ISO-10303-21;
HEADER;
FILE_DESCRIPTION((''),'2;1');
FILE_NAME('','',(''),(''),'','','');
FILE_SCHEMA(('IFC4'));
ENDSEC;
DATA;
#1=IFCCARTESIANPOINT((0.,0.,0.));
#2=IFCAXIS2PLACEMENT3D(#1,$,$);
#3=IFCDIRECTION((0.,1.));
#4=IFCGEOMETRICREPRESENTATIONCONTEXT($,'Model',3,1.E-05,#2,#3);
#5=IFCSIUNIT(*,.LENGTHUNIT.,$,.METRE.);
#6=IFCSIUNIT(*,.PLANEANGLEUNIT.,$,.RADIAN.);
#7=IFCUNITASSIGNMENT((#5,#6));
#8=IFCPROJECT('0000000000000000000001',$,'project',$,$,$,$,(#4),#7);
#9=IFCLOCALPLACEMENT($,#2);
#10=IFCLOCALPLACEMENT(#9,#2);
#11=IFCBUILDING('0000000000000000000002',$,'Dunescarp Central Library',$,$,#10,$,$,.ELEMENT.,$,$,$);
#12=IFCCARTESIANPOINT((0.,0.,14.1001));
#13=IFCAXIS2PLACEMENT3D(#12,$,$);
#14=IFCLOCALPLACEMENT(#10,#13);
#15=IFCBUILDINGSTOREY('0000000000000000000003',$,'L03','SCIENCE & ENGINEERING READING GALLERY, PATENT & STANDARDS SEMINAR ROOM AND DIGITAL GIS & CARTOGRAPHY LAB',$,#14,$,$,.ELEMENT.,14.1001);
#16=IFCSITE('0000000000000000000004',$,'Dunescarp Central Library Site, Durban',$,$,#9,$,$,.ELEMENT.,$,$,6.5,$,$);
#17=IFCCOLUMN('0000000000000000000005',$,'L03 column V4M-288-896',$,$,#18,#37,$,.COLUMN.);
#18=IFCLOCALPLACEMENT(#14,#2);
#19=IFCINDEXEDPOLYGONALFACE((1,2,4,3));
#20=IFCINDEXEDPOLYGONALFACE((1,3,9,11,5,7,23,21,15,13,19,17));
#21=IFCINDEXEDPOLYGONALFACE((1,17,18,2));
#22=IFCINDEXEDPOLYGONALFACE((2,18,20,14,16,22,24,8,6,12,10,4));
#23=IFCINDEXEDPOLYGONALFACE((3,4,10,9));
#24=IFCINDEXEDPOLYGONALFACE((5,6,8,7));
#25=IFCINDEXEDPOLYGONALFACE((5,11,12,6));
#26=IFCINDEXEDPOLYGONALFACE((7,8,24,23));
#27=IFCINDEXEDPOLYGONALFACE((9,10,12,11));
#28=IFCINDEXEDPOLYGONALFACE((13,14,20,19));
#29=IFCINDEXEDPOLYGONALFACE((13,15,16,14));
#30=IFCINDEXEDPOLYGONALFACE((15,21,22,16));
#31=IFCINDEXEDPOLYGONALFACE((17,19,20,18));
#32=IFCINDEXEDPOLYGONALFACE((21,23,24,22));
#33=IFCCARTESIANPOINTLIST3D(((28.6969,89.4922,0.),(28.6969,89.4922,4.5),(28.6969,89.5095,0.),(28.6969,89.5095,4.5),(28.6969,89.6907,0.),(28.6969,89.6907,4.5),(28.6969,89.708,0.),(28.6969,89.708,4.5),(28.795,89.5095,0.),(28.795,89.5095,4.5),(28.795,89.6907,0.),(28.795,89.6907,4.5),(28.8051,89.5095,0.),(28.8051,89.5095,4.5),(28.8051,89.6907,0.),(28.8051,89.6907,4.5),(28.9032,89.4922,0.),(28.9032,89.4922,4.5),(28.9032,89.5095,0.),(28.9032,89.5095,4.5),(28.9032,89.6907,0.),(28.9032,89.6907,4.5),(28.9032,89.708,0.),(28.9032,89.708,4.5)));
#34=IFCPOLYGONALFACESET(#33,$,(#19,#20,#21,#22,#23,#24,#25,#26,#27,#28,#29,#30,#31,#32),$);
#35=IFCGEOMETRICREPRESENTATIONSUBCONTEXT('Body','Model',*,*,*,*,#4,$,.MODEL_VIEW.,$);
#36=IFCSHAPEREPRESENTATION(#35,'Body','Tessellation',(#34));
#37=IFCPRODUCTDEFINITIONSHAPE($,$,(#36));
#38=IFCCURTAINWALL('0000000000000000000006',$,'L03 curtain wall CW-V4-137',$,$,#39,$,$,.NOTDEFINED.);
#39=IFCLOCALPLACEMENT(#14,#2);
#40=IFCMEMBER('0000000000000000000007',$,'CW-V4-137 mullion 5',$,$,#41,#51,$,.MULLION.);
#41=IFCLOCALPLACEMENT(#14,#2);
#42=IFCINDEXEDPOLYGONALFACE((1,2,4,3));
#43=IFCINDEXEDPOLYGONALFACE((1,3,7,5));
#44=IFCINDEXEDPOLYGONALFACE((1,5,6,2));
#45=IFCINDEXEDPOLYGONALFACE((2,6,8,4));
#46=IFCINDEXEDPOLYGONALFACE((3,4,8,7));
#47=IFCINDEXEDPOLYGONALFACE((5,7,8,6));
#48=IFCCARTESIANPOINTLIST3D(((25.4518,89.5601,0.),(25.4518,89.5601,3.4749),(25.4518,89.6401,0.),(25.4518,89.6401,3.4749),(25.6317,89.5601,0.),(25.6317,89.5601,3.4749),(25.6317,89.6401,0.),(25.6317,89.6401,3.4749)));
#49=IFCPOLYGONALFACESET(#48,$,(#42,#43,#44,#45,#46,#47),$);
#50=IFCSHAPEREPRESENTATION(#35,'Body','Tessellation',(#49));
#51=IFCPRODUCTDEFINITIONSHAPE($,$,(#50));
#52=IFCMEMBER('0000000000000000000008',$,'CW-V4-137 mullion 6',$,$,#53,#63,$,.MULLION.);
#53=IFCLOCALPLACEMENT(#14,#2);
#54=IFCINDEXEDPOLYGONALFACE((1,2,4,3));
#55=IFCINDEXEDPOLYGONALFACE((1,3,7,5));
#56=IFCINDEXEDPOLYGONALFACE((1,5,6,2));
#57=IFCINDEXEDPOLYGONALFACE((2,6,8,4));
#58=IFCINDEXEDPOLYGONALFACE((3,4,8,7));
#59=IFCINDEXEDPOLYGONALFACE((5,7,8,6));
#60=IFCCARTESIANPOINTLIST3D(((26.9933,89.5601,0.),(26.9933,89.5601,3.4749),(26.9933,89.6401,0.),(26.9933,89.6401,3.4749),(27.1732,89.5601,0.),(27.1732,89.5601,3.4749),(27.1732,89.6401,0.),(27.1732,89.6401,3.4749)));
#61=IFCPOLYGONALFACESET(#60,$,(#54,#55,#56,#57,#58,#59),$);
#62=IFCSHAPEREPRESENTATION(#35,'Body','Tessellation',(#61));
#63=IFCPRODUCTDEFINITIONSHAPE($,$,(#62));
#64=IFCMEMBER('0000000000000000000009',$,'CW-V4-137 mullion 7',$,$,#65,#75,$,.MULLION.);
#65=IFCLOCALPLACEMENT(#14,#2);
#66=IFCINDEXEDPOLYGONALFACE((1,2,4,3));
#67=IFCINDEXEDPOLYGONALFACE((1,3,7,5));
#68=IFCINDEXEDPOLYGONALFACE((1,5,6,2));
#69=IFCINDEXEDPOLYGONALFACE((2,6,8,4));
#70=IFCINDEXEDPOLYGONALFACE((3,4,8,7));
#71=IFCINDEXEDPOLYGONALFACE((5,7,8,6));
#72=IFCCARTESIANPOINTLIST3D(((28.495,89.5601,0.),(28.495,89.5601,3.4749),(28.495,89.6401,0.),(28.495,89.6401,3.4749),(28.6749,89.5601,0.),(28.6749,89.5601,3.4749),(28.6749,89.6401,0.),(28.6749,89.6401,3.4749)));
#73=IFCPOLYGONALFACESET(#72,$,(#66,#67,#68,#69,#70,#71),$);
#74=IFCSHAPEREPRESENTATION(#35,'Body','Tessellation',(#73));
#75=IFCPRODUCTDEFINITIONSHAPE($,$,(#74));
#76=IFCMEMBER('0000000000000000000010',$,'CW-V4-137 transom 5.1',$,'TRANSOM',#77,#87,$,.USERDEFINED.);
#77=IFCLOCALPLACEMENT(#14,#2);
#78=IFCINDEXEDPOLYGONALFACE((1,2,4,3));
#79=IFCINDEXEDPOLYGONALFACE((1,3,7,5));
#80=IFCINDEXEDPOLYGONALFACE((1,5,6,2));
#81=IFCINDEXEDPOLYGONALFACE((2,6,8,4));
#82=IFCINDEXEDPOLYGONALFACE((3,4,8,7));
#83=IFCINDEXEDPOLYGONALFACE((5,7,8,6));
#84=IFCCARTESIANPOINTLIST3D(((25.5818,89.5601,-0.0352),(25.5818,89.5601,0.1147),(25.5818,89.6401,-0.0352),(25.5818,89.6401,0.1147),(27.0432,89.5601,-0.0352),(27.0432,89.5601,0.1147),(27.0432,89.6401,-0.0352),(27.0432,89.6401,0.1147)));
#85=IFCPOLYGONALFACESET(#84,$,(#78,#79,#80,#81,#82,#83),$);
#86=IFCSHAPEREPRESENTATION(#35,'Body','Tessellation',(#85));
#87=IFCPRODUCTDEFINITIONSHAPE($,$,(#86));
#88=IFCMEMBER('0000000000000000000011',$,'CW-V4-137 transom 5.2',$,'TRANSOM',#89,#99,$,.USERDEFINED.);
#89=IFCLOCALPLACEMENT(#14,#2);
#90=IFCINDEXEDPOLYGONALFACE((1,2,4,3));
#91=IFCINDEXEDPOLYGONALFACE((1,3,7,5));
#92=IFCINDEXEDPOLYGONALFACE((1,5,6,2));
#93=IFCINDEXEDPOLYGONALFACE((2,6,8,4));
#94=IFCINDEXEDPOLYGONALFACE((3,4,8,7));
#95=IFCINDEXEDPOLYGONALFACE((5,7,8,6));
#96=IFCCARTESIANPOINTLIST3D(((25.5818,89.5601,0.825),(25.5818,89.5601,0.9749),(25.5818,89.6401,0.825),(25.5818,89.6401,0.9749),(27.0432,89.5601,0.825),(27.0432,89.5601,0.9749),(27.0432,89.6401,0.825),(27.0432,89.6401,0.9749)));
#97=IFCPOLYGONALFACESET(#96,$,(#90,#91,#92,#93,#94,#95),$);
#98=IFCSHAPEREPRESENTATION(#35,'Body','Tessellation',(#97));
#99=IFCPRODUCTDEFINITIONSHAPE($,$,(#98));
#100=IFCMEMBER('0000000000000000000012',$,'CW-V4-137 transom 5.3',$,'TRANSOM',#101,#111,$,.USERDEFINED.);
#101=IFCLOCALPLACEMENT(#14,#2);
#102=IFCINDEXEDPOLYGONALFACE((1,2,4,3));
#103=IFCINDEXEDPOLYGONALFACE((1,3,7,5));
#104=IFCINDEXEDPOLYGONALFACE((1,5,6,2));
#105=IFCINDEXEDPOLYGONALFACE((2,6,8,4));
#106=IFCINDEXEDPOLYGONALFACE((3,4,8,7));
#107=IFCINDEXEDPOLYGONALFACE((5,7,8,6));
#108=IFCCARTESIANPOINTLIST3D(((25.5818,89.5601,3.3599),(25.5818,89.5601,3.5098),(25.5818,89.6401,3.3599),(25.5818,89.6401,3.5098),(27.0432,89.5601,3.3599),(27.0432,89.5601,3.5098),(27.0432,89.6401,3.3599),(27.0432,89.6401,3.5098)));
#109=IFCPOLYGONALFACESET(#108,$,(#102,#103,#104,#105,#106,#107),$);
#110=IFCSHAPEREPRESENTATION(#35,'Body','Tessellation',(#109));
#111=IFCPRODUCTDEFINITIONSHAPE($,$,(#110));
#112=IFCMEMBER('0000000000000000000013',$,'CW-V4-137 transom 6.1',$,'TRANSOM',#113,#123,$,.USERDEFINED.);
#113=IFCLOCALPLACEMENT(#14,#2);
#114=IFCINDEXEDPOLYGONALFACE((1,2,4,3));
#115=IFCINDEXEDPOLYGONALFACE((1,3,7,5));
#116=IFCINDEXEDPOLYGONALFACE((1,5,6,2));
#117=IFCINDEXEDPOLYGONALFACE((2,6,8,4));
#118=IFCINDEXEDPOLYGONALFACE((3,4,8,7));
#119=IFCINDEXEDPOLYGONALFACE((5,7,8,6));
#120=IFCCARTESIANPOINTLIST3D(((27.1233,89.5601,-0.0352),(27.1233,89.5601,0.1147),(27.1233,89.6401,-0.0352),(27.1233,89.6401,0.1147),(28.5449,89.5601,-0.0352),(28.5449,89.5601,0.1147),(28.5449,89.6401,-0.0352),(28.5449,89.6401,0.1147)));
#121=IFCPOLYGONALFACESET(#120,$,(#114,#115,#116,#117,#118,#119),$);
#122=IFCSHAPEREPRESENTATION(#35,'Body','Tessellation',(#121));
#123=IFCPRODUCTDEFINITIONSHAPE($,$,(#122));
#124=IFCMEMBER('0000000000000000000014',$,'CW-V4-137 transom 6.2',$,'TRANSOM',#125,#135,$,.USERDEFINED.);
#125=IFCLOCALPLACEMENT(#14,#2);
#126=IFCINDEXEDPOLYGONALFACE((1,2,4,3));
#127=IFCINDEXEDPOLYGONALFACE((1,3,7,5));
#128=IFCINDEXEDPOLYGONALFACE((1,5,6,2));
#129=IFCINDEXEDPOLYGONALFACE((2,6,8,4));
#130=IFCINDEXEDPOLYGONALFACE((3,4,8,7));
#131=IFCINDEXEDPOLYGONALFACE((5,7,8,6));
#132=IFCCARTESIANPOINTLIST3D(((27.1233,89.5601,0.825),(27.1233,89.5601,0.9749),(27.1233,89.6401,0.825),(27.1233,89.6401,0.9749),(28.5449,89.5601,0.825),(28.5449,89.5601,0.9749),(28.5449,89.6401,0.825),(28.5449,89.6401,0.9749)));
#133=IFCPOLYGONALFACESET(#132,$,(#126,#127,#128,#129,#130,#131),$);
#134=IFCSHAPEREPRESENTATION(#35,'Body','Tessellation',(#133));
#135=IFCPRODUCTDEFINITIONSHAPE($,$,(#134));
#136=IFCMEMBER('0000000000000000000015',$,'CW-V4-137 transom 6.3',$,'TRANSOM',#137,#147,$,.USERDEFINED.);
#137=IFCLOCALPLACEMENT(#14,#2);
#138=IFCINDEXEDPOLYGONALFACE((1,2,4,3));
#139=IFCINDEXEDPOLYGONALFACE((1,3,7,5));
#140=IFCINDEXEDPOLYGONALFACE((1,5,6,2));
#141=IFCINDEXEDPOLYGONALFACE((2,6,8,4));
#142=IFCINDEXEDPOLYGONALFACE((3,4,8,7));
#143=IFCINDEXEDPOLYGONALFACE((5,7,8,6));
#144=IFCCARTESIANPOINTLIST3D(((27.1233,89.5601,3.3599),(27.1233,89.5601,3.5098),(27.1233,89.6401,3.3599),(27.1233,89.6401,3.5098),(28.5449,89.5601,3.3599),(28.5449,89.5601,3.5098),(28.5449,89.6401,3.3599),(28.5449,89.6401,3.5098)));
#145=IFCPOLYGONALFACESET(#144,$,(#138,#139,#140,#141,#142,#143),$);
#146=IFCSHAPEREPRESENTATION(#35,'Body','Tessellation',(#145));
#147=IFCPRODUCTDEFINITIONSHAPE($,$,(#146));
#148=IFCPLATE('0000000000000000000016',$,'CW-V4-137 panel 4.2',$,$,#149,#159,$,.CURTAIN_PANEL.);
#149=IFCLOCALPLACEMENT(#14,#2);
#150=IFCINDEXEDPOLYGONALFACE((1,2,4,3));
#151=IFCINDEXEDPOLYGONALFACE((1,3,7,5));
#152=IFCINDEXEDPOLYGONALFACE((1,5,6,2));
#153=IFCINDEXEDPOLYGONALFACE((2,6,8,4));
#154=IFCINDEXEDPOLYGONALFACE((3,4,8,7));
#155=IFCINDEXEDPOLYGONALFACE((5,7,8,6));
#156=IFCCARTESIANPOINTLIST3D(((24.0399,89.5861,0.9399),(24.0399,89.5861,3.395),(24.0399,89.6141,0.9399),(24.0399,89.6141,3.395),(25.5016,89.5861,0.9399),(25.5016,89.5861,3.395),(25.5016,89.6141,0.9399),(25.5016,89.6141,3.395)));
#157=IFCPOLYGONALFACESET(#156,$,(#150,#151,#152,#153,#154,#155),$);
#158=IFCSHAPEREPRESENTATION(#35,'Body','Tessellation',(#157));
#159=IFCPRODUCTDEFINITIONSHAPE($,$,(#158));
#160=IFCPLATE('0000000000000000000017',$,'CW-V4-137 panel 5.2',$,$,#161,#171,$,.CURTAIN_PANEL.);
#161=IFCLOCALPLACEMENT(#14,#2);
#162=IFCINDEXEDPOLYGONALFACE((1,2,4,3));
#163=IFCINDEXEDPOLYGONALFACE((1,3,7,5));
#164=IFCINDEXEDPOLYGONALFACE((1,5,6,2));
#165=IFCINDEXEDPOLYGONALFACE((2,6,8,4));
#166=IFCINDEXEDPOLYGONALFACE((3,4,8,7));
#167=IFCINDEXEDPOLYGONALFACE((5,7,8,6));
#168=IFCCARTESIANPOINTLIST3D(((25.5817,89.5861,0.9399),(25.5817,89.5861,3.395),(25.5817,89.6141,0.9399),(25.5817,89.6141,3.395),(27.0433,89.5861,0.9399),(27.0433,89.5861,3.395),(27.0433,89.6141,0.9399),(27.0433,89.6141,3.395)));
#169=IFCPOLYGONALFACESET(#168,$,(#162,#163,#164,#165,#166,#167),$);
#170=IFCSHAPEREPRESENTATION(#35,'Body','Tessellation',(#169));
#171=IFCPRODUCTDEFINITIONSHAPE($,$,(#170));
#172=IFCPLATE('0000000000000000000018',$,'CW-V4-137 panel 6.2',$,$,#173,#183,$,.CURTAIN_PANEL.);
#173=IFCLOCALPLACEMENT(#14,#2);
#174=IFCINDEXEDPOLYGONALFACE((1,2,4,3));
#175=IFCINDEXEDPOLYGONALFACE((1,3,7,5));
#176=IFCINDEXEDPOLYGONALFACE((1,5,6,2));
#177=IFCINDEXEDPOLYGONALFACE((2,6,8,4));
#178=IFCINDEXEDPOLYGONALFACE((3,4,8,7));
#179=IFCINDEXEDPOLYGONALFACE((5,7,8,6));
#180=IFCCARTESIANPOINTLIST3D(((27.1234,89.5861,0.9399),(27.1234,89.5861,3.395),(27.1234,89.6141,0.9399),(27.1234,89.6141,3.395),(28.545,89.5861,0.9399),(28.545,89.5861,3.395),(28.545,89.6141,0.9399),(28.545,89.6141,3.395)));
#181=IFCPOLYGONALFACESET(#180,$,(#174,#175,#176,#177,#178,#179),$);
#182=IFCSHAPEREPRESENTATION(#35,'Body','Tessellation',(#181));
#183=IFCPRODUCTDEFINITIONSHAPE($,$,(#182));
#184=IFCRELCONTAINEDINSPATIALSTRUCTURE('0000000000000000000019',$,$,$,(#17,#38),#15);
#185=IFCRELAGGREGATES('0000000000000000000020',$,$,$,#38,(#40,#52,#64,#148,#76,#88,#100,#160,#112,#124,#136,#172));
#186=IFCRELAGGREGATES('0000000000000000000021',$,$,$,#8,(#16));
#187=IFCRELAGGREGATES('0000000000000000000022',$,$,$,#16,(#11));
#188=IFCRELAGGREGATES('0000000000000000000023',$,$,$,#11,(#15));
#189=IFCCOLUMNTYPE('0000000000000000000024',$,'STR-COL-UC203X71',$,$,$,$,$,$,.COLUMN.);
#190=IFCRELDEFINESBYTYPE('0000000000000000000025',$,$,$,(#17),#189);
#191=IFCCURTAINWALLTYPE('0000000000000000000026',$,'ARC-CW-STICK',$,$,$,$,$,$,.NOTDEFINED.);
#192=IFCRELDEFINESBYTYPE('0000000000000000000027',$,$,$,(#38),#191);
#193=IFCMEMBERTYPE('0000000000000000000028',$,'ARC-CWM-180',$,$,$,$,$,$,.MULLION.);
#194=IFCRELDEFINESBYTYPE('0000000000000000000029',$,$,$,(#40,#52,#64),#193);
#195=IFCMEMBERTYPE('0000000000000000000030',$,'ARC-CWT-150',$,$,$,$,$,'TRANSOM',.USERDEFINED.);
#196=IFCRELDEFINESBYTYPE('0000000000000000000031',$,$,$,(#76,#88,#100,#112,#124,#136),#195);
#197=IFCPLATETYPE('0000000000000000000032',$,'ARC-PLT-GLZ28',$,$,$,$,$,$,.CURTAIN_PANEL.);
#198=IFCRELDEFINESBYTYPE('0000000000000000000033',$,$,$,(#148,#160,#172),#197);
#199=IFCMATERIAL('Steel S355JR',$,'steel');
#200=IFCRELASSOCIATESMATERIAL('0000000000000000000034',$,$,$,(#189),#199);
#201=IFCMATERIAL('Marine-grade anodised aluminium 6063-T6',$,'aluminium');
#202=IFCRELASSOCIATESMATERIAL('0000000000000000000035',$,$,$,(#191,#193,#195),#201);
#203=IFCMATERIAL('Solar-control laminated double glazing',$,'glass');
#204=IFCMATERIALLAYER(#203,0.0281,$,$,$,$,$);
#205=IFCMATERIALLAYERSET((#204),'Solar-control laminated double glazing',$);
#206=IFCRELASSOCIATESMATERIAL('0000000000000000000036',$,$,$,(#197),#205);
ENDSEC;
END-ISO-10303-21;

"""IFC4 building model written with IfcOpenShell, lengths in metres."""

from ifc_helpers import new_model, si_unit, direction, frame, origin, origin_2d, place, context, subcontext, project, spatial, rectangle, i_section, extrude, material, layer, layer_set, material_profile, profile_set, type_object, element, aggregate, save


model = new_model("IFC4")

# Units and contexts
model_context = context("Model", 3, precision=1e-05, world=origin(), true_north=direction((0.0, 1.0)))
body_context = subcontext(model_context, "Body", "Model", "MODEL_VIEW")
ifc_project = project(units=[si_unit("LENGTHUNIT", "METRE"), si_unit("PLANEANGLEUNIT", "RADIAN")], contexts=[model_context])

# Site, building, storey
site_placement = place(None, origin())
site = spatial("IfcSite", under=ifc_project, at=site_placement, Name="Dunescarp Central Library Site, Durban", CompositionType="ELEMENT", RefElevation=6.5)
building_placement = place(site_placement, origin())
building = spatial("IfcBuilding", under=site, at=building_placement, Name="Dunescarp Central Library", CompositionType="ELEMENT")
storey_placement = place(building_placement, frame((0.0, 0.0, 14.1001)))
storey = spatial("IfcBuildingStorey", under=building, at=storey_placement, Name="L03", Description="SCIENCE & ENGINEERING READING GALLERY, PATENT & STANDARDS SEMINAR ROOM AND DIGITAL GIS & CARTOGRAPHY LAB", CompositionType="ELEMENT", Elevation=14.1001)

# Column
ifc_material_1 = material(Name="Steel S355JR", Category="steel")
ifc_material_profile_1 = material_profile(ifc_material_1, i_section(OverallWidth=0.2063, OverallDepth=0.2158, WebThickness=0.01, FlangeThickness=0.0173, at=origin_2d()), Name="UC 203x203x71")
ifc_profile_set_1 = profile_set([ifc_material_profile_1], Name="Steel S355JR")
column_type = type_object("IfcColumnType", Name="STR-COL-UC203X71", PredefinedType="COLUMN", material=ifc_profile_set_1)
column_placement = place(storey_placement, frame((28.8, 89.6001, 0.0), z_axis=(0.0, 0.0, 1.0), x_axis=(1.0, 0.0, 0.0)))
element("IfcColumn", 1, at=column_placement, inside=storey, type_object=column_type, Name="L03 column V4M-288-896", PredefinedType="COLUMN", context=body_context, shape_type="SweptSolid", body=[
    extrude(i_section(OverallWidth=0.2063, OverallDepth=0.2158, WebThickness=0.01, FlangeThickness=0.0173, at=origin_2d()), origin(), (0.0, 0.0, 1.0), 4.5),
])

# Curtain wall, members, plates
ifc_material_2 = material(Name="Marine-grade anodised aluminium 6063-T6", Category="aluminium")
curtain_wall_type = type_object("IfcCurtainWallType", Name="ARC-CW-STICK", PredefinedType="NOTDEFINED", material=ifc_material_2)
curtain_wall_placement = place(storey_placement, origin())
curtain_wall = element("IfcCurtainWall", 2, at=curtain_wall_placement, inside=storey, type_object=curtain_wall_type, Name="L03 curtain wall CW-V4-137", PredefinedType="NOTDEFINED")
ifc_material_profile_2 = material_profile(ifc_material_2, rectangle(XDim=0.0801, YDim=0.1799, at=origin_2d()), Name="AL 80x180")
ifc_profile_set_2 = profile_set([ifc_material_profile_2], Name="Marine-grade anodised aluminium 6063-T6")
member_type_1 = type_object("IfcMemberType", Name="ARC-CWM-180", PredefinedType="MULLION", material=ifc_profile_set_2)
member_1_placement = place(storey_placement, frame((25.5417, 89.6001, 0.0), z_axis=(0.0, 0.0, 1.0), x_axis=(0.0, 1.0, 0.0)))
member_1 = element("IfcMember", 3, at=member_1_placement, type_object=member_type_1, Name="CW-V4-137 mullion 5", PredefinedType="MULLION", context=body_context, shape_type="SweptSolid", body=[
    extrude(rectangle(XDim=0.0801, YDim=0.1799, at=origin_2d()), origin(), (0.0, 0.0, 1.0), 3.4749),
])
member_2_placement = place(storey_placement, frame((27.0833, 89.6001, 0.0), z_axis=(0.0, 0.0, 1.0), x_axis=(0.0, 1.0, 0.0)))
member_2 = element("IfcMember", 4, at=member_2_placement, type_object=member_type_1, Name="CW-V4-137 mullion 6", PredefinedType="MULLION", context=body_context, shape_type="SweptSolid", body=[
    extrude(rectangle(XDim=0.0801, YDim=0.1799, at=origin_2d()), origin(), (0.0, 0.0, 1.0), 3.4749),
])
member_3_placement = place(storey_placement, frame((28.585, 89.6001, 0.0), z_axis=(0.0, 0.0, 1.0), x_axis=(0.0, 1.0, 0.0)))
member_3 = element("IfcMember", 5, at=member_3_placement, type_object=member_type_1, Name="CW-V4-137 mullion 7", PredefinedType="MULLION", context=body_context, shape_type="SweptSolid", body=[
    extrude(rectangle(XDim=0.0801, YDim=0.1799, at=origin_2d()), origin(), (0.0, 0.0, 1.0), 3.4749),
])
ifc_material_profile_3 = material_profile(ifc_material_2, rectangle(XDim=0.0801, YDim=0.1499, at=origin_2d()), Name="AL 80x150")
ifc_profile_set_3 = profile_set([ifc_material_profile_3], Name="Marine-grade anodised aluminium 6063-T6")
member_type_2 = type_object("IfcMemberType", Name="ARC-CWT-150", ElementType="TRANSOM", PredefinedType="USERDEFINED", material=ifc_profile_set_3)
member_4_placement = place(storey_placement, frame((25.5818, 89.6001, 0.0398), z_axis=(1.0, 0.0, 0.0), x_axis=(0.0, 1.0, 0.0)))
member_4 = element("IfcMember", 6, at=member_4_placement, type_object=member_type_2, Name="CW-V4-137 transom 5.1", ObjectType="TRANSOM", PredefinedType="USERDEFINED", context=body_context, shape_type="SweptSolid", body=[
    extrude(rectangle(XDim=0.0801, YDim=0.1499, at=origin_2d()), origin(), (0.0, 0.0, 1.0), 1.4614),
])
member_5_placement = place(storey_placement, frame((25.5818, 89.6001, 0.8999), z_axis=(1.0, 0.0, 0.0), x_axis=(0.0, 1.0, 0.0)))
member_5 = element("IfcMember", 7, at=member_5_placement, type_object=member_type_2, Name="CW-V4-137 transom 5.2", ObjectType="TRANSOM", PredefinedType="USERDEFINED", context=body_context, shape_type="SweptSolid", body=[
    extrude(rectangle(XDim=0.0801, YDim=0.1499, at=origin_2d()), origin(), (0.0, 0.0, 1.0), 1.4614),
])
member_6_placement = place(storey_placement, frame((25.5818, 89.6001, 3.4348), z_axis=(1.0, 0.0, 0.0), x_axis=(0.0, 1.0, 0.0)))
member_6 = element("IfcMember", 8, at=member_6_placement, type_object=member_type_2, Name="CW-V4-137 transom 5.3", ObjectType="TRANSOM", PredefinedType="USERDEFINED", context=body_context, shape_type="SweptSolid", body=[
    extrude(rectangle(XDim=0.0801, YDim=0.1499, at=origin_2d()), origin(), (0.0, 0.0, 1.0), 1.4614),
])
member_7_placement = place(storey_placement, frame((27.1233, 89.6001, 0.0398), z_axis=(1.0, 0.0, 0.0), x_axis=(0.0, 1.0, 0.0)))
member_7 = element("IfcMember", 9, at=member_7_placement, type_object=member_type_2, Name="CW-V4-137 transom 6.1", ObjectType="TRANSOM", PredefinedType="USERDEFINED", context=body_context, shape_type="SweptSolid", body=[
    extrude(rectangle(XDim=0.0801, YDim=0.1499, at=origin_2d()), origin(), (0.0, 0.0, 1.0), 1.4216),
])
member_8_placement = place(storey_placement, frame((27.1233, 89.6001, 0.8999), z_axis=(1.0, 0.0, 0.0), x_axis=(0.0, 1.0, 0.0)))
member_8 = element("IfcMember", 10, at=member_8_placement, type_object=member_type_2, Name="CW-V4-137 transom 6.2", ObjectType="TRANSOM", PredefinedType="USERDEFINED", context=body_context, shape_type="SweptSolid", body=[
    extrude(rectangle(XDim=0.0801, YDim=0.1499, at=origin_2d()), origin(), (0.0, 0.0, 1.0), 1.4216),
])
member_9_placement = place(storey_placement, frame((27.1233, 89.6001, 3.4348), z_axis=(1.0, 0.0, 0.0), x_axis=(0.0, 1.0, 0.0)))
member_9 = element("IfcMember", 11, at=member_9_placement, type_object=member_type_2, Name="CW-V4-137 transom 6.3", ObjectType="TRANSOM", PredefinedType="USERDEFINED", context=body_context, shape_type="SweptSolid", body=[
    extrude(rectangle(XDim=0.0801, YDim=0.1499, at=origin_2d()), origin(), (0.0, 0.0, 1.0), 1.4216),
])
ifc_material_3 = material(Name="Solar-control laminated double glazing", Category="glass")
ifc_layer_1 = layer(ifc_material_3, 0.0281)
ifc_layer_set_1 = layer_set([ifc_layer_1], Name="Solar-control laminated double glazing")
plate_type_1 = type_object("IfcPlateType", Name="ARC-PLT-GLZ28", PredefinedType="CURTAIN_PANEL", material=ifc_layer_set_1)
plate_1_placement = place(storey_placement, frame((24.7708, 89.6001, 0.9399), z_axis=(0.0, 0.0, 1.0), x_axis=(1.0, 0.0, 0.0)))
plate_1 = element("IfcPlate", 12, at=plate_1_placement, type_object=plate_type_1, Name="CW-V4-137 panel 4.2", PredefinedType="CURTAIN_PANEL", context=body_context, shape_type="SweptSolid", body=[
    extrude(rectangle(XDim=1.4617, YDim=0.0281, at=origin_2d()), origin(), (0.0, 0.0, 1.0), 2.4551),
])
plate_2_placement = place(storey_placement, frame((26.3125, 89.6001, 0.9399), z_axis=(0.0, 0.0, 1.0), x_axis=(1.0, 0.0, 0.0)))
plate_2 = element("IfcPlate", 13, at=plate_2_placement, type_object=plate_type_1, Name="CW-V4-137 panel 5.2", PredefinedType="CURTAIN_PANEL", context=body_context, shape_type="SweptSolid", body=[
    extrude(rectangle(XDim=1.4617, YDim=0.0281, at=origin_2d()), origin(), (0.0, 0.0, 1.0), 2.4551),
])
plate_3_placement = place(storey_placement, frame((27.8342, 89.6001, 0.9399), z_axis=(0.0, 0.0, 1.0), x_axis=(1.0, 0.0, 0.0)))
plate_3 = element("IfcPlate", 14, at=plate_3_placement, type_object=plate_type_1, Name="CW-V4-137 panel 6.2", PredefinedType="CURTAIN_PANEL", context=body_context, shape_type="SweptSolid", body=[
    extrude(rectangle(XDim=1.4216, YDim=0.0281, at=origin_2d()), origin(), (0.0, 0.0, 1.0), 2.4551),
])
aggregate(curtain_wall, [member_1, member_2, member_3, plate_1, member_4, member_5, member_6, plate_2, member_7, member_8, member_9, plate_3])

save(model, "model.ifc")
